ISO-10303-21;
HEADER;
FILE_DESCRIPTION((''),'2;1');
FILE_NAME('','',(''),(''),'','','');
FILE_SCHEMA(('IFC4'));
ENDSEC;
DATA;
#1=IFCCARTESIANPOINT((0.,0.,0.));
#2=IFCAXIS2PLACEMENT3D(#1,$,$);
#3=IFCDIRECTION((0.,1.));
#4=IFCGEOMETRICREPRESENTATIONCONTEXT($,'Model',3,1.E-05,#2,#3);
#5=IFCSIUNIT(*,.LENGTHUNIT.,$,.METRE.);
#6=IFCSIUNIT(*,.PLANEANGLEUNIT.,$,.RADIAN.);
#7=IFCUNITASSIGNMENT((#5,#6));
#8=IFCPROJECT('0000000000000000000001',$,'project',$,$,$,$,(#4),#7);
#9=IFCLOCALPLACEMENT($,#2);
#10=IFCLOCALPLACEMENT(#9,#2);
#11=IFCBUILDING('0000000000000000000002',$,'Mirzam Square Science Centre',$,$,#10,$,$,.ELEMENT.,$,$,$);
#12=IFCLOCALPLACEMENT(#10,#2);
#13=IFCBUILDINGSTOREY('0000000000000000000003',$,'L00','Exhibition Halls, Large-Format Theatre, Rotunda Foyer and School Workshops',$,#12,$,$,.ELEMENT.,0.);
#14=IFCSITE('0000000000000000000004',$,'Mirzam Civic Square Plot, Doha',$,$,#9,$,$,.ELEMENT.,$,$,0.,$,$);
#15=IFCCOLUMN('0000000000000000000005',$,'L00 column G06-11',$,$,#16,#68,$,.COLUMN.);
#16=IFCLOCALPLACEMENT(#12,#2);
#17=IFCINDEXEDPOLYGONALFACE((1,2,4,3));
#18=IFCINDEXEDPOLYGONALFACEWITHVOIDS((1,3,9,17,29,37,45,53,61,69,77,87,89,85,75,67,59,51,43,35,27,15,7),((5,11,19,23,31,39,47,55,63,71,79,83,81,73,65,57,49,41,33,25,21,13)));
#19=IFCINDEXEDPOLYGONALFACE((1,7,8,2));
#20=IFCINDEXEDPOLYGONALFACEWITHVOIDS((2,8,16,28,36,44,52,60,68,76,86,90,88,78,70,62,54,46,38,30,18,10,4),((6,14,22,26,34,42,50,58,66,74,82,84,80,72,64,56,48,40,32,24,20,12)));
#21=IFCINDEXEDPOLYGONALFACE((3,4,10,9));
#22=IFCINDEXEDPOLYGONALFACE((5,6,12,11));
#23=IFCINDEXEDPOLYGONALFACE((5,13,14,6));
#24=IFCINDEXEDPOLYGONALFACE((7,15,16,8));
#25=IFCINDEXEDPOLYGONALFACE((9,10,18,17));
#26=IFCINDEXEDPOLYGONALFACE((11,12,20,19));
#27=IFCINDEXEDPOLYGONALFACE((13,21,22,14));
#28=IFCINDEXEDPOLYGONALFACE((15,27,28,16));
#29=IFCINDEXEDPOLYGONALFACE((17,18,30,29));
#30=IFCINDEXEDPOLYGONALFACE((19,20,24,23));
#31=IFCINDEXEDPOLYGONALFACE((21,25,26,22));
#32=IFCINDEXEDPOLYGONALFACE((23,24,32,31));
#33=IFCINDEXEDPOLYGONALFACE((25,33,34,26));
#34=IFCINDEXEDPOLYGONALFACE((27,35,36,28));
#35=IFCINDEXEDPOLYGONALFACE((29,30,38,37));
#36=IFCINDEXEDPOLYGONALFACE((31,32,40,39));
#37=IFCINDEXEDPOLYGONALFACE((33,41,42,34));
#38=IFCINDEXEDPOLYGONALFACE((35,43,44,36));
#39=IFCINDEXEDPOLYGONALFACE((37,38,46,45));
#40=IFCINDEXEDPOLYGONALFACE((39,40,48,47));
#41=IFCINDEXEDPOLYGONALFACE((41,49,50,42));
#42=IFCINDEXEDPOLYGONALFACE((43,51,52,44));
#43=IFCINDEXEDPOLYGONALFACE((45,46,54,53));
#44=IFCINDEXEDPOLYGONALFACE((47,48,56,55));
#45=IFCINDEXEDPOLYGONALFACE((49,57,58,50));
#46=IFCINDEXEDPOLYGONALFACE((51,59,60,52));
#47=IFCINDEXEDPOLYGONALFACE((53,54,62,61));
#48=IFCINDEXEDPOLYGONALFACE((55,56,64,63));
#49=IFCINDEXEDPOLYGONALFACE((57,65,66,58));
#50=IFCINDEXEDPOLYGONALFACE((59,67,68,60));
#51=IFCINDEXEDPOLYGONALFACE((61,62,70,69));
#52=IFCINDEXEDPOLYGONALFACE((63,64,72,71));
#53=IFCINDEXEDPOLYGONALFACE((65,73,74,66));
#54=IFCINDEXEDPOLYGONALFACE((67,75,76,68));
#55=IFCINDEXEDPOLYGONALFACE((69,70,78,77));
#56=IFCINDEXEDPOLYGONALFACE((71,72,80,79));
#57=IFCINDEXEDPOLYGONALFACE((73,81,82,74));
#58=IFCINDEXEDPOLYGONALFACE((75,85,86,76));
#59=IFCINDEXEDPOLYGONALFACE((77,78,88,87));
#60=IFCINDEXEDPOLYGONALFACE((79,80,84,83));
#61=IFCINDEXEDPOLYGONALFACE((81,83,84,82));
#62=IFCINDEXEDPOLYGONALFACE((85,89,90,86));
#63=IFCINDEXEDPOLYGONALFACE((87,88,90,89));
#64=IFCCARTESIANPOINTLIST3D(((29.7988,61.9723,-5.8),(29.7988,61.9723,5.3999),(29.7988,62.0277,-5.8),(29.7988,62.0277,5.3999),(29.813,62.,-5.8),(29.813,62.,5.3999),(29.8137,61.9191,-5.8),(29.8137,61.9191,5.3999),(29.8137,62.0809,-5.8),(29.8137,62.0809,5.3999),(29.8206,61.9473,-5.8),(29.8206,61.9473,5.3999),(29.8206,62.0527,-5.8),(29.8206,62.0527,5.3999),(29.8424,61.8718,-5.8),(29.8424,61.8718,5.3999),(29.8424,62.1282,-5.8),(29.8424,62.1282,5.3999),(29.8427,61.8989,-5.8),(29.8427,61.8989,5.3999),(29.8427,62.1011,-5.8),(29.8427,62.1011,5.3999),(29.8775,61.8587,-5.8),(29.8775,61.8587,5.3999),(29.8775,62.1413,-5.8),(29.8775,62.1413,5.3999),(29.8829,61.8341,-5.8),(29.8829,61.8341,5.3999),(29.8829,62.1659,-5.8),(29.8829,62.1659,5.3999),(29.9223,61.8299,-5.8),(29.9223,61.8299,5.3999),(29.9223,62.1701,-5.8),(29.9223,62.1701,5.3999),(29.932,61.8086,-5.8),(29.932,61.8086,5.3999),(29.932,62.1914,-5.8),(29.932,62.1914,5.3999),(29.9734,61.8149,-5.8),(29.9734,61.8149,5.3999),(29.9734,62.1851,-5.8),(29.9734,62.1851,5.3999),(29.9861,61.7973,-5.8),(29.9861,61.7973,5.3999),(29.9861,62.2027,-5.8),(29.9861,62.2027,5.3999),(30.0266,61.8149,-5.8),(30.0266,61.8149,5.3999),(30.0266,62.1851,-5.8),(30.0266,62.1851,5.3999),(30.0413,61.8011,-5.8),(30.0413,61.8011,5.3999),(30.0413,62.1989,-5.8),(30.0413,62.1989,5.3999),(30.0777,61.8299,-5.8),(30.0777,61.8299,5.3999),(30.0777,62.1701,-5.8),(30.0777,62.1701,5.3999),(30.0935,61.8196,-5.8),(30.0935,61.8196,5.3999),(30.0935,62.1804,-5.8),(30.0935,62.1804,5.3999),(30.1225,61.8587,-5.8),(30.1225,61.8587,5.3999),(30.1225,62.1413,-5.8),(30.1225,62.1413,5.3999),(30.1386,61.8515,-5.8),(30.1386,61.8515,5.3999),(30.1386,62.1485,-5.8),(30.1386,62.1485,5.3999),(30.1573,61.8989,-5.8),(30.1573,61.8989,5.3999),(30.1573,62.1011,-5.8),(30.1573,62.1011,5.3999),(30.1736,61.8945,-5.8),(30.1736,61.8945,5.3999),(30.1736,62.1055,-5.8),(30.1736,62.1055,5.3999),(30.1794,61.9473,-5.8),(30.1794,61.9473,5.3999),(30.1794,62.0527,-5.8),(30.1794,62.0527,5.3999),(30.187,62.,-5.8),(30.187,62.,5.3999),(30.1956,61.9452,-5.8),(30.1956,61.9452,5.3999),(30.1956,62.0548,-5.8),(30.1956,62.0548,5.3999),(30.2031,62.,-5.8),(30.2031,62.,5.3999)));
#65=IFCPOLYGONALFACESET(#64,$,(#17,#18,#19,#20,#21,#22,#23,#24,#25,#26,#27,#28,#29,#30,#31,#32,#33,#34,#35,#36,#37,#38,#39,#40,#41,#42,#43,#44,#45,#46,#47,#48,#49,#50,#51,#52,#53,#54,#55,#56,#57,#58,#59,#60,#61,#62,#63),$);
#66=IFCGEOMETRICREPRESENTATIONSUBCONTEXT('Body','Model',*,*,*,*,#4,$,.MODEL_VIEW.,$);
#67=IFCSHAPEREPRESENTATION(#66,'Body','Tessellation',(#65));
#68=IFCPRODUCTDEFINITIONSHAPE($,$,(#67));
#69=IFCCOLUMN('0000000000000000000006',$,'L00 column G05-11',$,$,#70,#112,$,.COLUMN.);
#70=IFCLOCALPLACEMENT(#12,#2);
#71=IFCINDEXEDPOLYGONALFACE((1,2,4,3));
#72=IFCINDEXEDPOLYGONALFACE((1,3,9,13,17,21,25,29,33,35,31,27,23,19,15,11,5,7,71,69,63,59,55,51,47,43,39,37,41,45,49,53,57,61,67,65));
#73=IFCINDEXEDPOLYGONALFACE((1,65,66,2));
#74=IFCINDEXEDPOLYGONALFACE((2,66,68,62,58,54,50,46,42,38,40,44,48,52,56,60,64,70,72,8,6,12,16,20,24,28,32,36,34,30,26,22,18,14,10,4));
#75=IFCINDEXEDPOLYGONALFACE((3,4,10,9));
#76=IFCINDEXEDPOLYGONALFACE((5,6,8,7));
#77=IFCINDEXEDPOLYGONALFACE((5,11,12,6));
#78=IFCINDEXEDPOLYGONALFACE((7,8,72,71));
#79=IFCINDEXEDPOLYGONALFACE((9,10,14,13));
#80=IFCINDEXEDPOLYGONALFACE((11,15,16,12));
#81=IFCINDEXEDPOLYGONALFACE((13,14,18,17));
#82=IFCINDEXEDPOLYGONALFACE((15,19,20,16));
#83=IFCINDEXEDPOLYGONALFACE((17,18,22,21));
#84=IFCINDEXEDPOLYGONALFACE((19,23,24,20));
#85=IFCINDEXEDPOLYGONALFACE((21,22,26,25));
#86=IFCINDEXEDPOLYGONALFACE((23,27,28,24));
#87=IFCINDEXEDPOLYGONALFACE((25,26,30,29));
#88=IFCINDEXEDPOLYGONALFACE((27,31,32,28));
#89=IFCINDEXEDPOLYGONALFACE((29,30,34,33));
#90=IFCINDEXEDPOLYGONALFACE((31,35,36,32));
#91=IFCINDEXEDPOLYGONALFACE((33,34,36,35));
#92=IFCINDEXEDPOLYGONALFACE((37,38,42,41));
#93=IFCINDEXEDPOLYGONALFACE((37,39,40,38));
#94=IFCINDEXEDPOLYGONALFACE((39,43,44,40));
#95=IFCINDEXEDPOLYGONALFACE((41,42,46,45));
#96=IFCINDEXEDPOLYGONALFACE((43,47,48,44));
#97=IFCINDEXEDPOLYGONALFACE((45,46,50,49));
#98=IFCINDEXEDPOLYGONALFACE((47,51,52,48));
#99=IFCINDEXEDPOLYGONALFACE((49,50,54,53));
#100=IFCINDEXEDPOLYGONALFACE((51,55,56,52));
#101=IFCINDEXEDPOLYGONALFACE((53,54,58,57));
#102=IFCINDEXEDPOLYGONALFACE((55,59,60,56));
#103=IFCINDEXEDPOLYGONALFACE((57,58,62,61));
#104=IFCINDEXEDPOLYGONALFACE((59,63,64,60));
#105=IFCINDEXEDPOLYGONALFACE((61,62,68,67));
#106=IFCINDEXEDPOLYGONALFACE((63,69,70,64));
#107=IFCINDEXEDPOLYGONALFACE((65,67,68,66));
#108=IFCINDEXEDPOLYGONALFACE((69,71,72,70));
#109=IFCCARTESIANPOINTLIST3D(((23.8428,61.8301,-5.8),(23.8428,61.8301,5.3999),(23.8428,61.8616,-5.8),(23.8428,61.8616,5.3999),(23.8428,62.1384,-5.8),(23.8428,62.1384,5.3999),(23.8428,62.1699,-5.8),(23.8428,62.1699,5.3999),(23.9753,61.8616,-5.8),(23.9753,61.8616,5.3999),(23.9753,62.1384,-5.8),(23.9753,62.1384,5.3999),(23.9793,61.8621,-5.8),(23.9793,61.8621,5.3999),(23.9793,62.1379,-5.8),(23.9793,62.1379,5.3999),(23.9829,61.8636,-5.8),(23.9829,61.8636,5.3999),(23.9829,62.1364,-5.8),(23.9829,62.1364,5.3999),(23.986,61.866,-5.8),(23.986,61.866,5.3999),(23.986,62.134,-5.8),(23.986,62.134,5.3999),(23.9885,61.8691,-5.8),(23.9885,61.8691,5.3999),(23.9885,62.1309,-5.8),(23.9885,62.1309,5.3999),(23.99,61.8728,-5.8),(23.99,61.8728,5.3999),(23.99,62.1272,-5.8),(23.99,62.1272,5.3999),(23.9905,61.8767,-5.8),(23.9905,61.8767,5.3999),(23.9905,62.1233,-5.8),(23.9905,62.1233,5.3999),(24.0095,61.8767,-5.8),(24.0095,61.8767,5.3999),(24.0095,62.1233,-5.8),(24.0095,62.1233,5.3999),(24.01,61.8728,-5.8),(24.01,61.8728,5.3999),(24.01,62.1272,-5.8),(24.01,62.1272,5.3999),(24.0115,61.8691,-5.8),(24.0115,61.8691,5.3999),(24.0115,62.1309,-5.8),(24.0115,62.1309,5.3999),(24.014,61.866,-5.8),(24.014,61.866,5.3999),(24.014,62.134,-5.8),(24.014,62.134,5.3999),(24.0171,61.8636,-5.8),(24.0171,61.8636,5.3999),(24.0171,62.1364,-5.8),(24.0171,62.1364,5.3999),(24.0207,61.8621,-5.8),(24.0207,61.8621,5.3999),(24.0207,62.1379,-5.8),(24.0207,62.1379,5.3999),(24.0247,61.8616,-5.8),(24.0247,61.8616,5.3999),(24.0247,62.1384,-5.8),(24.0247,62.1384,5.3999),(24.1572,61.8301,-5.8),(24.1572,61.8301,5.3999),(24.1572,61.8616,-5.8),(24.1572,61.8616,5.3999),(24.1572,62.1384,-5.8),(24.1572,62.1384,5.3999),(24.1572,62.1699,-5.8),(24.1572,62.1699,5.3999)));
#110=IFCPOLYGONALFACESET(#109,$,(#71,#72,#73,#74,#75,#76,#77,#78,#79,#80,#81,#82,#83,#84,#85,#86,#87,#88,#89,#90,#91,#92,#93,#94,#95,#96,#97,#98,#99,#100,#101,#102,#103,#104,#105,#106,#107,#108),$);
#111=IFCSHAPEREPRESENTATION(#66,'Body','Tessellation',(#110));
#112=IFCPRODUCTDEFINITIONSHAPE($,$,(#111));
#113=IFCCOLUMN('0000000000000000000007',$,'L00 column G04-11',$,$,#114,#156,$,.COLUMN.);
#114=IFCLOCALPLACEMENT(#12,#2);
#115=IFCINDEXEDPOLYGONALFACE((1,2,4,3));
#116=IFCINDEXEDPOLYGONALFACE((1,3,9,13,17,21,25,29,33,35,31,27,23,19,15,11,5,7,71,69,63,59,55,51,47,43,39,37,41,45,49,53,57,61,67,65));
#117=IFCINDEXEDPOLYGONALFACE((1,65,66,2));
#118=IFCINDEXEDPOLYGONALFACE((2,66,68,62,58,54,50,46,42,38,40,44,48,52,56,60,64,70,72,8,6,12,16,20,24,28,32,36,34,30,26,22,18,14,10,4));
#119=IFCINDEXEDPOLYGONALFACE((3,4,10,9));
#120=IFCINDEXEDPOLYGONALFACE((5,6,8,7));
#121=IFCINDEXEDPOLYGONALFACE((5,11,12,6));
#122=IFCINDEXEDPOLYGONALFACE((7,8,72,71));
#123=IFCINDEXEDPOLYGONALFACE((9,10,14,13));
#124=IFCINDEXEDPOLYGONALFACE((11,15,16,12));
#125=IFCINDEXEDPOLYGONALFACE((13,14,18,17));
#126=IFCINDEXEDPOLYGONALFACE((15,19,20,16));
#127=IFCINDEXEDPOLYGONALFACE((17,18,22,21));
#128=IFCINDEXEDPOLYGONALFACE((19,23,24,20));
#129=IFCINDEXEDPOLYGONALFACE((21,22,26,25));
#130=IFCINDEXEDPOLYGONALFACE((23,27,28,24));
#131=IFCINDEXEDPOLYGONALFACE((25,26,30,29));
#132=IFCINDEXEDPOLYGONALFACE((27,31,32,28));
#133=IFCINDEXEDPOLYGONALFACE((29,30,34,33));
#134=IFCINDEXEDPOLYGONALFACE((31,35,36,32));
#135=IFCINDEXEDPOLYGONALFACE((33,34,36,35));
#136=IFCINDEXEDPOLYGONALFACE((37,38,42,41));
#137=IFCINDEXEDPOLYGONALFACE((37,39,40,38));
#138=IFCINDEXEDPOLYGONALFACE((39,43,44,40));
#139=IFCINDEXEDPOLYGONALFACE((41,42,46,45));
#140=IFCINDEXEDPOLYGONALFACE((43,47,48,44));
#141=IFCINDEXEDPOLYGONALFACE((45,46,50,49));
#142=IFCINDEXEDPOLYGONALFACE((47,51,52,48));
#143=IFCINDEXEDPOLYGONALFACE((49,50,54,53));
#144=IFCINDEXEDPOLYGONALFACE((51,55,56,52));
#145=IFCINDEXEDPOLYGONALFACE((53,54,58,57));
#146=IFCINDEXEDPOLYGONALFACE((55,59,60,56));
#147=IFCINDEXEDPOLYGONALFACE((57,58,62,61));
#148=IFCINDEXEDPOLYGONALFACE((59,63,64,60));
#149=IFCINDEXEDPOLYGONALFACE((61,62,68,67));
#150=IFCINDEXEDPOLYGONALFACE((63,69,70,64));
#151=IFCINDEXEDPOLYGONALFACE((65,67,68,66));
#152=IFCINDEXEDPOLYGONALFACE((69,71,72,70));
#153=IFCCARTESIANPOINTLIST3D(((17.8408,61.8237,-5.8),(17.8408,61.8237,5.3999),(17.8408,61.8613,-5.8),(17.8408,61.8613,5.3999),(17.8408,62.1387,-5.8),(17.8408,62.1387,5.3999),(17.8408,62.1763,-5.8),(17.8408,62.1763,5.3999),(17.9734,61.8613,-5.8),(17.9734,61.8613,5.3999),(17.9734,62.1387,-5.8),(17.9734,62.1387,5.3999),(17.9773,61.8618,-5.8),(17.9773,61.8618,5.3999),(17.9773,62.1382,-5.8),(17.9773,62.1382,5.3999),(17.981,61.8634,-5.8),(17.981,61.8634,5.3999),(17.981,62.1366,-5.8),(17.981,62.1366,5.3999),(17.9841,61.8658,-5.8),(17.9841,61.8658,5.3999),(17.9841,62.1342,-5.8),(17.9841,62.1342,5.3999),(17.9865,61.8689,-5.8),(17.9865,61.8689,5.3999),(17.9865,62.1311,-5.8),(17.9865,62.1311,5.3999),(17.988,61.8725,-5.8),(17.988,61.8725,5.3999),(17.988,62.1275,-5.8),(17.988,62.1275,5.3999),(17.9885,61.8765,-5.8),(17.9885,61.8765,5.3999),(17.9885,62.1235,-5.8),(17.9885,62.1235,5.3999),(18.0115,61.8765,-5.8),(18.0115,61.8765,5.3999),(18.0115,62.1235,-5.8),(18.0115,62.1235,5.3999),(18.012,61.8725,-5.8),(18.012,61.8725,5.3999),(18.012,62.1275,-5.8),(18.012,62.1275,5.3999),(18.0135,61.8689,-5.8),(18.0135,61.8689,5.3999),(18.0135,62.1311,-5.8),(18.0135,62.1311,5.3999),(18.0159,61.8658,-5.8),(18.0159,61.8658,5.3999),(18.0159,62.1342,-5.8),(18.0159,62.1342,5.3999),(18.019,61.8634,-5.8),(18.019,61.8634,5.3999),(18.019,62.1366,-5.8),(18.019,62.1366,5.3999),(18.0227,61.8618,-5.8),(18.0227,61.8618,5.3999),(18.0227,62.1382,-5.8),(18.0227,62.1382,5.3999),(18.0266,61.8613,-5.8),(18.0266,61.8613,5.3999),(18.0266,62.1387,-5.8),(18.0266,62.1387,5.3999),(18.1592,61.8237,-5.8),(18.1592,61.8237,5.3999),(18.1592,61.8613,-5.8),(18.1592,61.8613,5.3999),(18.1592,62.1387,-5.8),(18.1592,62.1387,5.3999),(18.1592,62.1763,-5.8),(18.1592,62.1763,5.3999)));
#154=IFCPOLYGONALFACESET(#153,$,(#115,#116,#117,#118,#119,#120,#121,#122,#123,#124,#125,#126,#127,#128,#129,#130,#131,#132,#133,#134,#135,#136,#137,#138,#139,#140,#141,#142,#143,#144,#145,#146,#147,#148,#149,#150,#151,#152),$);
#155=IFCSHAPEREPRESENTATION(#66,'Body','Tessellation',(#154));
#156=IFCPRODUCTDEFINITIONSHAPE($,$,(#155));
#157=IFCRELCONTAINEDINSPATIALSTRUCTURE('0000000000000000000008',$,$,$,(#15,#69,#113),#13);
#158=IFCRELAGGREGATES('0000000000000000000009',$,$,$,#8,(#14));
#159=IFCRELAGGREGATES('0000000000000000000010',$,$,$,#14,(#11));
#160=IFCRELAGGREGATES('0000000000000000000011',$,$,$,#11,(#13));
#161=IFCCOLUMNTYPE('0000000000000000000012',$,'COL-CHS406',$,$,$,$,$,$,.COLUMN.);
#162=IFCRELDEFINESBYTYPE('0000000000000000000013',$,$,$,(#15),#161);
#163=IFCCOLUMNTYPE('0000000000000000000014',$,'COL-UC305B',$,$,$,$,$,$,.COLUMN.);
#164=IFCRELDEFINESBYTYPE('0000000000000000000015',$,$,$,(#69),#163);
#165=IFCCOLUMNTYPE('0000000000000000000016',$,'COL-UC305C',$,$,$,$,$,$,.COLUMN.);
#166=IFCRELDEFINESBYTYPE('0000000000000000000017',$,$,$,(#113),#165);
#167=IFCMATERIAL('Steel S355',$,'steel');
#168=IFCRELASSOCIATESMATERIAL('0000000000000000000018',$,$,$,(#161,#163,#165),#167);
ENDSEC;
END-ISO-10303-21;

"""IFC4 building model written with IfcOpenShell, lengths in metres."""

from ifc_helpers import new_model, si_unit, direction, frame, origin, origin_2d, place, context, subcontext, project, spatial, hollow_circle, i_section, extrude, material, material_profile, profile_set, type_object, element, save


model = new_model("IFC4")

# Units and contexts
model_context = context("Model", 3, precision=1e-05, world=origin(), true_north=direction((0.0, 1.0)))
body_context = subcontext(model_context, "Body", "Model", "MODEL_VIEW")
ifc_project = project(units=[si_unit("LENGTHUNIT", "METRE"), si_unit("PLANEANGLEUNIT", "RADIAN")], contexts=[model_context])

# Site, building, storey
site_placement = place(None, origin())
site = spatial("IfcSite", under=ifc_project, at=site_placement, Name="Mirzam Civic Square Plot, Doha", CompositionType="ELEMENT", RefElevation=0.0)
building_placement = place(site_placement, origin())
building = spatial("IfcBuilding", under=site, at=building_placement, Name="Mirzam Square Science Centre", CompositionType="ELEMENT")
storey_placement = place(building_placement, origin())
storey = spatial("IfcBuildingStorey", under=building, at=storey_placement, Name="L00", Description="Exhibition Halls, Large-Format Theatre, Rotunda Foyer and School Workshops", CompositionType="ELEMENT", Elevation=0.0)

# Columns
ifc_material_1 = material(Name="Steel S355", Category="steel")
ifc_material_profile_1 = material_profile(ifc_material_1, hollow_circle(Radius=0.2031, WallThickness=0.0161, at=origin_2d()), Name="406.4x16.0CHS")
ifc_profile_set_1 = profile_set([ifc_material_profile_1], Name="Steel S355")
column_type_1 = type_object("IfcColumnType", Name="COL-CHS406", PredefinedType="COLUMN", material=ifc_profile_set_1)
column_1_placement = place(storey_placement, frame((30.0, 62.0, -5.8), z_axis=(0.0, 0.0, 1.0), x_axis=(1.0, 0.0, 0.0)))
element("IfcColumn", 1, at=column_1_placement, inside=storey, type_object=column_type_1, Name="L00 column G06-11", PredefinedType="COLUMN", context=body_context, shape_type="SweptSolid", body=[
    extrude(hollow_circle(Radius=0.2031, WallThickness=0.0161, at=origin_2d()), origin(), (0.0, 0.0, 1.0), 11.2),
])
ifc_material_profile_2 = material_profile(ifc_material_1, i_section(OverallWidth=0.3145, OverallDepth=0.3398, WebThickness=0.019, FlangeThickness=0.0315, FilletRadius=0.0151, at=origin_2d()), Name="305x305x198UC")
ifc_profile_set_2 = profile_set([ifc_material_profile_2], Name="Steel S355")
column_type_2 = type_object("IfcColumnType", Name="COL-UC305B", PredefinedType="COLUMN", material=ifc_profile_set_2)
column_2_placement = place(storey_placement, frame((24.0, 62.0, -5.8), z_axis=(0.0, 0.0, 1.0), x_axis=(1.0, 0.0, 0.0)))
element("IfcColumn", 2, at=column_2_placement, inside=storey, type_object=column_type_2, Name="L00 column G05-11", PredefinedType="COLUMN", context=body_context, shape_type="SweptSolid", body=[
    extrude(i_section(OverallWidth=0.3145, OverallDepth=0.3398, WebThickness=0.019, FlangeThickness=0.0315, FilletRadius=0.0151, at=origin_2d()), origin(), (0.0, 0.0, 1.0), 11.2),
])
ifc_material_profile_3 = material_profile(ifc_material_1, i_section(OverallWidth=0.3184, OverallDepth=0.3525, WebThickness=0.0229, FlangeThickness=0.0376, FilletRadius=0.0151, at=origin_2d()), Name="305x305x240UC")
ifc_profile_set_3 = profile_set([ifc_material_profile_3], Name="Steel S355")
column_type_3 = type_object("IfcColumnType", Name="COL-UC305C", PredefinedType="COLUMN", material=ifc_profile_set_3)
column_3_placement = place(storey_placement, frame((18.0, 62.0, -5.8), z_axis=(0.0, 0.0, 1.0), x_axis=(1.0, 0.0, 0.0)))
element("IfcColumn", 3, at=column_3_placement, inside=storey, type_object=column_type_3, Name="L00 column G04-11", PredefinedType="COLUMN", context=body_context, shape_type="SweptSolid", body=[
    extrude(i_section(OverallWidth=0.3184, OverallDepth=0.3525, WebThickness=0.0229, FlangeThickness=0.0376, FilletRadius=0.0151, at=origin_2d()), origin(), (0.0, 0.0, 1.0), 11.2),
])

save(model, "model.ifc")
